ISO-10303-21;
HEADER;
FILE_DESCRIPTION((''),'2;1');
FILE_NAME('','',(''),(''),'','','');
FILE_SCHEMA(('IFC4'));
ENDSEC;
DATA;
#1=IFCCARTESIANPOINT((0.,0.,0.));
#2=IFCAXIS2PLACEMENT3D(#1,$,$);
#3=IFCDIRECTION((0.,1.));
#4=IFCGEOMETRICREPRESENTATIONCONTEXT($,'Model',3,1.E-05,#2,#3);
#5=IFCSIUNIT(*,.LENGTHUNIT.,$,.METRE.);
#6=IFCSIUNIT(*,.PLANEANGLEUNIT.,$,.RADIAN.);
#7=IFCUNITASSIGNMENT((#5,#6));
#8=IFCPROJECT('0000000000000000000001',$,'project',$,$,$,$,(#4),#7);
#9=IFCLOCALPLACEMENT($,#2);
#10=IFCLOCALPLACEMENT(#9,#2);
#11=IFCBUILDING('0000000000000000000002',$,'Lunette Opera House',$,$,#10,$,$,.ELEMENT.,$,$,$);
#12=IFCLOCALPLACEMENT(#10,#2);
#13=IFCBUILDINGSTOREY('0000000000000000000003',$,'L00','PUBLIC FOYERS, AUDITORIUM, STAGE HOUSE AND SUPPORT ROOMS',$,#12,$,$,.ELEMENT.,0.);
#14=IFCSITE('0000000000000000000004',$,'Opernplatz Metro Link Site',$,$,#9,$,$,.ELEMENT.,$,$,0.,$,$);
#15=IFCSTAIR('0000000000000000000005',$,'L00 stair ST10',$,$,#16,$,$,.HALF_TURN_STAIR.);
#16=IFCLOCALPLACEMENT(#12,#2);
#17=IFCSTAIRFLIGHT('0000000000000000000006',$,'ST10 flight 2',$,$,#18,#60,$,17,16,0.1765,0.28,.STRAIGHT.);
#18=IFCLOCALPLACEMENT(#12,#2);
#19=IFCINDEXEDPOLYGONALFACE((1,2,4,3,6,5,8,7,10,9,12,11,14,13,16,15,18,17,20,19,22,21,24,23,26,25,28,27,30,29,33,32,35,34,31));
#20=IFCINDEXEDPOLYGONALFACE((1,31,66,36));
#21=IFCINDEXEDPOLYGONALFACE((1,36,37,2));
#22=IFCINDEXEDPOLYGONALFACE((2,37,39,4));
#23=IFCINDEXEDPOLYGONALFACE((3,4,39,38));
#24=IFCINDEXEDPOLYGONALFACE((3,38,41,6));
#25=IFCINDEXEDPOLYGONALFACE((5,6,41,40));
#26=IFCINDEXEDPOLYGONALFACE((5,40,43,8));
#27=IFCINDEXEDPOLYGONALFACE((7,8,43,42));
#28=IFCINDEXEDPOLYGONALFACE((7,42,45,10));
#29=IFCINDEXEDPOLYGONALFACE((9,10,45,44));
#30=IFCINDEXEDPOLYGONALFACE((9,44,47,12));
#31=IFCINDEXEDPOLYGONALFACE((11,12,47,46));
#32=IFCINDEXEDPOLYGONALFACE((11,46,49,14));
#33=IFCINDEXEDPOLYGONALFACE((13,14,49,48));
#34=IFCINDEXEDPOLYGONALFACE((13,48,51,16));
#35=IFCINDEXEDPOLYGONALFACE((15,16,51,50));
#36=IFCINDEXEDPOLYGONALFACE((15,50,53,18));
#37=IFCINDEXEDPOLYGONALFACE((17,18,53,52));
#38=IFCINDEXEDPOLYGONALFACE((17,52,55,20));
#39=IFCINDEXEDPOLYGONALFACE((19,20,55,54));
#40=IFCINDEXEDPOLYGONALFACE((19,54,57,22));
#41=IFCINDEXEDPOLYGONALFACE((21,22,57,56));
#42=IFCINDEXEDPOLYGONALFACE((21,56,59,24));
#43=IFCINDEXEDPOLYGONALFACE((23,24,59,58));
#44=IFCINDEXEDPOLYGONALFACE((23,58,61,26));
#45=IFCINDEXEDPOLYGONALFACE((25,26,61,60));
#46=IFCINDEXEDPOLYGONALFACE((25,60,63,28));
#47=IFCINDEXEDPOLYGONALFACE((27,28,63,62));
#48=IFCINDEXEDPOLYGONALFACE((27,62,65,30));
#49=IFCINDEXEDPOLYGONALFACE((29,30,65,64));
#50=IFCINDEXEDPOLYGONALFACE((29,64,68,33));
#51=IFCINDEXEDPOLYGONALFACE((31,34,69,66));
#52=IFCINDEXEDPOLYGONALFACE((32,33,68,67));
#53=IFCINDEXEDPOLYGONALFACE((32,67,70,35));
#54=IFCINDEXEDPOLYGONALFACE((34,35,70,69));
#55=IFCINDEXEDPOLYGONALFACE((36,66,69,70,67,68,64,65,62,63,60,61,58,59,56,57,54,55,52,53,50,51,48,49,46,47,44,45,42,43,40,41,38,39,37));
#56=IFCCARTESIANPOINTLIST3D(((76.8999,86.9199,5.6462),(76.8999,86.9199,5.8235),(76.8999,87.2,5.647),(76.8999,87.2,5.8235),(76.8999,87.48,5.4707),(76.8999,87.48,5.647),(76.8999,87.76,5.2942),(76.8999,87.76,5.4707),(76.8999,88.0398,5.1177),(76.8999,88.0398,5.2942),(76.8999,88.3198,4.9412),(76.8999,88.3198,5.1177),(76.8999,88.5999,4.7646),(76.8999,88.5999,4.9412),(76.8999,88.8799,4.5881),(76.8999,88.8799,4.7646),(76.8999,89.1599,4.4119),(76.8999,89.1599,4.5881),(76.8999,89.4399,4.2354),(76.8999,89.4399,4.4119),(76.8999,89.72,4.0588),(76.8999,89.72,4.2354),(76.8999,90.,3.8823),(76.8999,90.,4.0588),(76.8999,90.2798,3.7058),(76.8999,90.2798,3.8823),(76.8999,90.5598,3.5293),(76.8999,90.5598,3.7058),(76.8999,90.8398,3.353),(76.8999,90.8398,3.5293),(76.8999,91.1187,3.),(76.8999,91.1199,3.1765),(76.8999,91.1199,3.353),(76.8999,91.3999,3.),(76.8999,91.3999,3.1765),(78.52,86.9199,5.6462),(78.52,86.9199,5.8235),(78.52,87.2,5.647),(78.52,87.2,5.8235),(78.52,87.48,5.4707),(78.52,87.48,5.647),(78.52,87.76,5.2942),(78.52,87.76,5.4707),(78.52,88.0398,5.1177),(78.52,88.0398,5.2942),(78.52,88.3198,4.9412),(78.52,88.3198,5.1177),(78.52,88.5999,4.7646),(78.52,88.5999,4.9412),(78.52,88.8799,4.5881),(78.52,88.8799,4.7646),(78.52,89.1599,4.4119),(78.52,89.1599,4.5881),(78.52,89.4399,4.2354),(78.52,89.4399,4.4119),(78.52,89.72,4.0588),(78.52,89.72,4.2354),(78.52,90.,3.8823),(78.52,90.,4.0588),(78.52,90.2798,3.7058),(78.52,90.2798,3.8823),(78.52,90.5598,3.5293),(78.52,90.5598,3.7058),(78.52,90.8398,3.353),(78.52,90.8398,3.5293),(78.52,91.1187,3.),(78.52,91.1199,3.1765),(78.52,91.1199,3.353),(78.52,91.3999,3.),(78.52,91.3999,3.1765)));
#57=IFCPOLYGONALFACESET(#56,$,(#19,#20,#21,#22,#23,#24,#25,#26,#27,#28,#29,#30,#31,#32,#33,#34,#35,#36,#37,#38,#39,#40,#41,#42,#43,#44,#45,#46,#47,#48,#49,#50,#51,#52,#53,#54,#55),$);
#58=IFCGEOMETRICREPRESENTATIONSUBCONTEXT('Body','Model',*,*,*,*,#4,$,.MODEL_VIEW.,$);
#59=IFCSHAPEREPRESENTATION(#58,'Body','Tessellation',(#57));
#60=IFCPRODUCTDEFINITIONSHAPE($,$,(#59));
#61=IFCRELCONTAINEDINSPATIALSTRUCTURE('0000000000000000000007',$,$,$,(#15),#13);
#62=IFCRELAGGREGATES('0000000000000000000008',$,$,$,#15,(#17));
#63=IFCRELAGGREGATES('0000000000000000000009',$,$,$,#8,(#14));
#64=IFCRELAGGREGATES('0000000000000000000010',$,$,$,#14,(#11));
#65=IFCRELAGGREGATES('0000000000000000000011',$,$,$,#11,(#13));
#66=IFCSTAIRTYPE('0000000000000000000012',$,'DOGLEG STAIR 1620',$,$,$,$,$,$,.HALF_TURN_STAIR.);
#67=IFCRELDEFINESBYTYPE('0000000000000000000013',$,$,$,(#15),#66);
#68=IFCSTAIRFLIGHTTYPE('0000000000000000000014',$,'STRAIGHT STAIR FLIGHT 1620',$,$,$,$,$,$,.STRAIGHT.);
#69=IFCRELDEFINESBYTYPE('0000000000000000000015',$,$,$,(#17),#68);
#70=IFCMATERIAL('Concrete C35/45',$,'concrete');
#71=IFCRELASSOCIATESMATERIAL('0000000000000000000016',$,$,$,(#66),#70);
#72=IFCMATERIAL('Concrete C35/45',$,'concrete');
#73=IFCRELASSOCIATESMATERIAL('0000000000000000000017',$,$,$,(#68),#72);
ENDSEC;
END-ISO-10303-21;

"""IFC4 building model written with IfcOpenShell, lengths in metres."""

from ifc_helpers import new_model, si_unit, direction, frame, origin, place, context, subcontext, project, spatial, polyline, outline, extrude, material, type_object, element, aggregate, save


model = new_model("IFC4")

# Units and contexts
model_context = context("Model", 3, precision=1e-05, world=origin(), true_north=direction((0.0, 1.0)))
body_context = subcontext(model_context, "Body", "Model", "MODEL_VIEW")
ifc_project = project(units=[si_unit("LENGTHUNIT", "METRE"), si_unit("PLANEANGLEUNIT", "RADIAN")], contexts=[model_context])

# Site, building, storey
site_placement = place(None, origin())
site = spatial("IfcSite", under=ifc_project, at=site_placement, Name="Opernplatz Metro Link Site", CompositionType="ELEMENT", RefElevation=0.0)
building_placement = place(site_placement, origin())
building = spatial("IfcBuilding", under=site, at=building_placement, Name="Lunette Opera House", CompositionType="ELEMENT")
storey_placement = place(building_placement, origin())
storey = spatial("IfcBuildingStorey", under=building, at=storey_placement, Name="L00", Description="PUBLIC FOYERS, AUDITORIUM, STAGE HOUSE AND SUPPORT ROOMS", CompositionType="ELEMENT", Elevation=0.0)

# Stair, stair flight
ifc_material_1 = material(Name="Concrete C35/45", Category="concrete")
stair_type = type_object("IfcStairType", Name="DOGLEG STAIR 1620", PredefinedType="HALF_TURN_STAIR", material=ifc_material_1)
stair_placement = place(storey_placement, origin())
stair = element("IfcStair", 1, at=stair_placement, inside=storey, type_object=stair_type, Name="L00 stair ST10", PredefinedType="HALF_TURN_STAIR")
ifc_material_2 = material(Name="Concrete C35/45", Category="concrete")
stair_flight_type = type_object("IfcStairFlightType", Name="STRAIGHT STAIR FLIGHT 1620", PredefinedType="STRAIGHT", material=ifc_material_2)
stair_flight_1_placement = place(storey_placement, frame((77.71, 91.3999, 3.0), z_axis=(0.0, 0.0, 1.0), x_axis=(0.0, -1.0, 0.0)))
stair_flight_1 = element("IfcStairFlight", 2, at=stair_flight_1_placement, type_object=stair_flight_type, Name="ST10 flight 2", NumberOfRisers=17, NumberOfTreads=16, PredefinedType="STRAIGHT", RiserHeight=0.1765, TreadLength=0.28, context=body_context, shape_type="SweptSolid", body=[
    extrude(outline(polyline([(0.0, 0.0), (0.0, 0.1765), (0.28, 0.1765), (0.28, 0.353), (0.5601, 0.353), (0.5601, 0.5293), (0.8401, 0.5293), (0.8401, 0.7058), (1.1201, 0.7058), (1.1201, 0.8823), (1.3999, 0.8823), (1.3999, 1.0588), (1.6799, 1.0588), (1.6799, 1.2354), (1.96, 1.2354), (1.96, 1.4119), (2.24, 1.4119), (2.24, 1.5881), (2.52, 1.5881), (2.52, 1.7646), (2.8, 1.7646), (2.8, 1.9412), (3.0801, 1.9412), (3.0801, 2.1177), (3.3601, 2.1177), (3.3601, 2.2942), (3.6399, 2.2942), (3.6399, 2.4707), (3.9199, 2.4707), (3.9199, 2.647), (4.2, 2.647), (4.2, 2.8235), (4.48, 2.8235), (4.48, 3.0), (4.48, 2.6462), (0.2812, 0.0), (0.0, 0.0)])), frame((0.0, 0.8101, 0.0), z_axis=(0.0, -1.0, 0.0), x_axis=(1.0, 0.0, 0.0)), (0.0, 0.0, 1.0), 1.6201),
])
aggregate(stair, [stair_flight_1])

save(model, "model.ifc")
